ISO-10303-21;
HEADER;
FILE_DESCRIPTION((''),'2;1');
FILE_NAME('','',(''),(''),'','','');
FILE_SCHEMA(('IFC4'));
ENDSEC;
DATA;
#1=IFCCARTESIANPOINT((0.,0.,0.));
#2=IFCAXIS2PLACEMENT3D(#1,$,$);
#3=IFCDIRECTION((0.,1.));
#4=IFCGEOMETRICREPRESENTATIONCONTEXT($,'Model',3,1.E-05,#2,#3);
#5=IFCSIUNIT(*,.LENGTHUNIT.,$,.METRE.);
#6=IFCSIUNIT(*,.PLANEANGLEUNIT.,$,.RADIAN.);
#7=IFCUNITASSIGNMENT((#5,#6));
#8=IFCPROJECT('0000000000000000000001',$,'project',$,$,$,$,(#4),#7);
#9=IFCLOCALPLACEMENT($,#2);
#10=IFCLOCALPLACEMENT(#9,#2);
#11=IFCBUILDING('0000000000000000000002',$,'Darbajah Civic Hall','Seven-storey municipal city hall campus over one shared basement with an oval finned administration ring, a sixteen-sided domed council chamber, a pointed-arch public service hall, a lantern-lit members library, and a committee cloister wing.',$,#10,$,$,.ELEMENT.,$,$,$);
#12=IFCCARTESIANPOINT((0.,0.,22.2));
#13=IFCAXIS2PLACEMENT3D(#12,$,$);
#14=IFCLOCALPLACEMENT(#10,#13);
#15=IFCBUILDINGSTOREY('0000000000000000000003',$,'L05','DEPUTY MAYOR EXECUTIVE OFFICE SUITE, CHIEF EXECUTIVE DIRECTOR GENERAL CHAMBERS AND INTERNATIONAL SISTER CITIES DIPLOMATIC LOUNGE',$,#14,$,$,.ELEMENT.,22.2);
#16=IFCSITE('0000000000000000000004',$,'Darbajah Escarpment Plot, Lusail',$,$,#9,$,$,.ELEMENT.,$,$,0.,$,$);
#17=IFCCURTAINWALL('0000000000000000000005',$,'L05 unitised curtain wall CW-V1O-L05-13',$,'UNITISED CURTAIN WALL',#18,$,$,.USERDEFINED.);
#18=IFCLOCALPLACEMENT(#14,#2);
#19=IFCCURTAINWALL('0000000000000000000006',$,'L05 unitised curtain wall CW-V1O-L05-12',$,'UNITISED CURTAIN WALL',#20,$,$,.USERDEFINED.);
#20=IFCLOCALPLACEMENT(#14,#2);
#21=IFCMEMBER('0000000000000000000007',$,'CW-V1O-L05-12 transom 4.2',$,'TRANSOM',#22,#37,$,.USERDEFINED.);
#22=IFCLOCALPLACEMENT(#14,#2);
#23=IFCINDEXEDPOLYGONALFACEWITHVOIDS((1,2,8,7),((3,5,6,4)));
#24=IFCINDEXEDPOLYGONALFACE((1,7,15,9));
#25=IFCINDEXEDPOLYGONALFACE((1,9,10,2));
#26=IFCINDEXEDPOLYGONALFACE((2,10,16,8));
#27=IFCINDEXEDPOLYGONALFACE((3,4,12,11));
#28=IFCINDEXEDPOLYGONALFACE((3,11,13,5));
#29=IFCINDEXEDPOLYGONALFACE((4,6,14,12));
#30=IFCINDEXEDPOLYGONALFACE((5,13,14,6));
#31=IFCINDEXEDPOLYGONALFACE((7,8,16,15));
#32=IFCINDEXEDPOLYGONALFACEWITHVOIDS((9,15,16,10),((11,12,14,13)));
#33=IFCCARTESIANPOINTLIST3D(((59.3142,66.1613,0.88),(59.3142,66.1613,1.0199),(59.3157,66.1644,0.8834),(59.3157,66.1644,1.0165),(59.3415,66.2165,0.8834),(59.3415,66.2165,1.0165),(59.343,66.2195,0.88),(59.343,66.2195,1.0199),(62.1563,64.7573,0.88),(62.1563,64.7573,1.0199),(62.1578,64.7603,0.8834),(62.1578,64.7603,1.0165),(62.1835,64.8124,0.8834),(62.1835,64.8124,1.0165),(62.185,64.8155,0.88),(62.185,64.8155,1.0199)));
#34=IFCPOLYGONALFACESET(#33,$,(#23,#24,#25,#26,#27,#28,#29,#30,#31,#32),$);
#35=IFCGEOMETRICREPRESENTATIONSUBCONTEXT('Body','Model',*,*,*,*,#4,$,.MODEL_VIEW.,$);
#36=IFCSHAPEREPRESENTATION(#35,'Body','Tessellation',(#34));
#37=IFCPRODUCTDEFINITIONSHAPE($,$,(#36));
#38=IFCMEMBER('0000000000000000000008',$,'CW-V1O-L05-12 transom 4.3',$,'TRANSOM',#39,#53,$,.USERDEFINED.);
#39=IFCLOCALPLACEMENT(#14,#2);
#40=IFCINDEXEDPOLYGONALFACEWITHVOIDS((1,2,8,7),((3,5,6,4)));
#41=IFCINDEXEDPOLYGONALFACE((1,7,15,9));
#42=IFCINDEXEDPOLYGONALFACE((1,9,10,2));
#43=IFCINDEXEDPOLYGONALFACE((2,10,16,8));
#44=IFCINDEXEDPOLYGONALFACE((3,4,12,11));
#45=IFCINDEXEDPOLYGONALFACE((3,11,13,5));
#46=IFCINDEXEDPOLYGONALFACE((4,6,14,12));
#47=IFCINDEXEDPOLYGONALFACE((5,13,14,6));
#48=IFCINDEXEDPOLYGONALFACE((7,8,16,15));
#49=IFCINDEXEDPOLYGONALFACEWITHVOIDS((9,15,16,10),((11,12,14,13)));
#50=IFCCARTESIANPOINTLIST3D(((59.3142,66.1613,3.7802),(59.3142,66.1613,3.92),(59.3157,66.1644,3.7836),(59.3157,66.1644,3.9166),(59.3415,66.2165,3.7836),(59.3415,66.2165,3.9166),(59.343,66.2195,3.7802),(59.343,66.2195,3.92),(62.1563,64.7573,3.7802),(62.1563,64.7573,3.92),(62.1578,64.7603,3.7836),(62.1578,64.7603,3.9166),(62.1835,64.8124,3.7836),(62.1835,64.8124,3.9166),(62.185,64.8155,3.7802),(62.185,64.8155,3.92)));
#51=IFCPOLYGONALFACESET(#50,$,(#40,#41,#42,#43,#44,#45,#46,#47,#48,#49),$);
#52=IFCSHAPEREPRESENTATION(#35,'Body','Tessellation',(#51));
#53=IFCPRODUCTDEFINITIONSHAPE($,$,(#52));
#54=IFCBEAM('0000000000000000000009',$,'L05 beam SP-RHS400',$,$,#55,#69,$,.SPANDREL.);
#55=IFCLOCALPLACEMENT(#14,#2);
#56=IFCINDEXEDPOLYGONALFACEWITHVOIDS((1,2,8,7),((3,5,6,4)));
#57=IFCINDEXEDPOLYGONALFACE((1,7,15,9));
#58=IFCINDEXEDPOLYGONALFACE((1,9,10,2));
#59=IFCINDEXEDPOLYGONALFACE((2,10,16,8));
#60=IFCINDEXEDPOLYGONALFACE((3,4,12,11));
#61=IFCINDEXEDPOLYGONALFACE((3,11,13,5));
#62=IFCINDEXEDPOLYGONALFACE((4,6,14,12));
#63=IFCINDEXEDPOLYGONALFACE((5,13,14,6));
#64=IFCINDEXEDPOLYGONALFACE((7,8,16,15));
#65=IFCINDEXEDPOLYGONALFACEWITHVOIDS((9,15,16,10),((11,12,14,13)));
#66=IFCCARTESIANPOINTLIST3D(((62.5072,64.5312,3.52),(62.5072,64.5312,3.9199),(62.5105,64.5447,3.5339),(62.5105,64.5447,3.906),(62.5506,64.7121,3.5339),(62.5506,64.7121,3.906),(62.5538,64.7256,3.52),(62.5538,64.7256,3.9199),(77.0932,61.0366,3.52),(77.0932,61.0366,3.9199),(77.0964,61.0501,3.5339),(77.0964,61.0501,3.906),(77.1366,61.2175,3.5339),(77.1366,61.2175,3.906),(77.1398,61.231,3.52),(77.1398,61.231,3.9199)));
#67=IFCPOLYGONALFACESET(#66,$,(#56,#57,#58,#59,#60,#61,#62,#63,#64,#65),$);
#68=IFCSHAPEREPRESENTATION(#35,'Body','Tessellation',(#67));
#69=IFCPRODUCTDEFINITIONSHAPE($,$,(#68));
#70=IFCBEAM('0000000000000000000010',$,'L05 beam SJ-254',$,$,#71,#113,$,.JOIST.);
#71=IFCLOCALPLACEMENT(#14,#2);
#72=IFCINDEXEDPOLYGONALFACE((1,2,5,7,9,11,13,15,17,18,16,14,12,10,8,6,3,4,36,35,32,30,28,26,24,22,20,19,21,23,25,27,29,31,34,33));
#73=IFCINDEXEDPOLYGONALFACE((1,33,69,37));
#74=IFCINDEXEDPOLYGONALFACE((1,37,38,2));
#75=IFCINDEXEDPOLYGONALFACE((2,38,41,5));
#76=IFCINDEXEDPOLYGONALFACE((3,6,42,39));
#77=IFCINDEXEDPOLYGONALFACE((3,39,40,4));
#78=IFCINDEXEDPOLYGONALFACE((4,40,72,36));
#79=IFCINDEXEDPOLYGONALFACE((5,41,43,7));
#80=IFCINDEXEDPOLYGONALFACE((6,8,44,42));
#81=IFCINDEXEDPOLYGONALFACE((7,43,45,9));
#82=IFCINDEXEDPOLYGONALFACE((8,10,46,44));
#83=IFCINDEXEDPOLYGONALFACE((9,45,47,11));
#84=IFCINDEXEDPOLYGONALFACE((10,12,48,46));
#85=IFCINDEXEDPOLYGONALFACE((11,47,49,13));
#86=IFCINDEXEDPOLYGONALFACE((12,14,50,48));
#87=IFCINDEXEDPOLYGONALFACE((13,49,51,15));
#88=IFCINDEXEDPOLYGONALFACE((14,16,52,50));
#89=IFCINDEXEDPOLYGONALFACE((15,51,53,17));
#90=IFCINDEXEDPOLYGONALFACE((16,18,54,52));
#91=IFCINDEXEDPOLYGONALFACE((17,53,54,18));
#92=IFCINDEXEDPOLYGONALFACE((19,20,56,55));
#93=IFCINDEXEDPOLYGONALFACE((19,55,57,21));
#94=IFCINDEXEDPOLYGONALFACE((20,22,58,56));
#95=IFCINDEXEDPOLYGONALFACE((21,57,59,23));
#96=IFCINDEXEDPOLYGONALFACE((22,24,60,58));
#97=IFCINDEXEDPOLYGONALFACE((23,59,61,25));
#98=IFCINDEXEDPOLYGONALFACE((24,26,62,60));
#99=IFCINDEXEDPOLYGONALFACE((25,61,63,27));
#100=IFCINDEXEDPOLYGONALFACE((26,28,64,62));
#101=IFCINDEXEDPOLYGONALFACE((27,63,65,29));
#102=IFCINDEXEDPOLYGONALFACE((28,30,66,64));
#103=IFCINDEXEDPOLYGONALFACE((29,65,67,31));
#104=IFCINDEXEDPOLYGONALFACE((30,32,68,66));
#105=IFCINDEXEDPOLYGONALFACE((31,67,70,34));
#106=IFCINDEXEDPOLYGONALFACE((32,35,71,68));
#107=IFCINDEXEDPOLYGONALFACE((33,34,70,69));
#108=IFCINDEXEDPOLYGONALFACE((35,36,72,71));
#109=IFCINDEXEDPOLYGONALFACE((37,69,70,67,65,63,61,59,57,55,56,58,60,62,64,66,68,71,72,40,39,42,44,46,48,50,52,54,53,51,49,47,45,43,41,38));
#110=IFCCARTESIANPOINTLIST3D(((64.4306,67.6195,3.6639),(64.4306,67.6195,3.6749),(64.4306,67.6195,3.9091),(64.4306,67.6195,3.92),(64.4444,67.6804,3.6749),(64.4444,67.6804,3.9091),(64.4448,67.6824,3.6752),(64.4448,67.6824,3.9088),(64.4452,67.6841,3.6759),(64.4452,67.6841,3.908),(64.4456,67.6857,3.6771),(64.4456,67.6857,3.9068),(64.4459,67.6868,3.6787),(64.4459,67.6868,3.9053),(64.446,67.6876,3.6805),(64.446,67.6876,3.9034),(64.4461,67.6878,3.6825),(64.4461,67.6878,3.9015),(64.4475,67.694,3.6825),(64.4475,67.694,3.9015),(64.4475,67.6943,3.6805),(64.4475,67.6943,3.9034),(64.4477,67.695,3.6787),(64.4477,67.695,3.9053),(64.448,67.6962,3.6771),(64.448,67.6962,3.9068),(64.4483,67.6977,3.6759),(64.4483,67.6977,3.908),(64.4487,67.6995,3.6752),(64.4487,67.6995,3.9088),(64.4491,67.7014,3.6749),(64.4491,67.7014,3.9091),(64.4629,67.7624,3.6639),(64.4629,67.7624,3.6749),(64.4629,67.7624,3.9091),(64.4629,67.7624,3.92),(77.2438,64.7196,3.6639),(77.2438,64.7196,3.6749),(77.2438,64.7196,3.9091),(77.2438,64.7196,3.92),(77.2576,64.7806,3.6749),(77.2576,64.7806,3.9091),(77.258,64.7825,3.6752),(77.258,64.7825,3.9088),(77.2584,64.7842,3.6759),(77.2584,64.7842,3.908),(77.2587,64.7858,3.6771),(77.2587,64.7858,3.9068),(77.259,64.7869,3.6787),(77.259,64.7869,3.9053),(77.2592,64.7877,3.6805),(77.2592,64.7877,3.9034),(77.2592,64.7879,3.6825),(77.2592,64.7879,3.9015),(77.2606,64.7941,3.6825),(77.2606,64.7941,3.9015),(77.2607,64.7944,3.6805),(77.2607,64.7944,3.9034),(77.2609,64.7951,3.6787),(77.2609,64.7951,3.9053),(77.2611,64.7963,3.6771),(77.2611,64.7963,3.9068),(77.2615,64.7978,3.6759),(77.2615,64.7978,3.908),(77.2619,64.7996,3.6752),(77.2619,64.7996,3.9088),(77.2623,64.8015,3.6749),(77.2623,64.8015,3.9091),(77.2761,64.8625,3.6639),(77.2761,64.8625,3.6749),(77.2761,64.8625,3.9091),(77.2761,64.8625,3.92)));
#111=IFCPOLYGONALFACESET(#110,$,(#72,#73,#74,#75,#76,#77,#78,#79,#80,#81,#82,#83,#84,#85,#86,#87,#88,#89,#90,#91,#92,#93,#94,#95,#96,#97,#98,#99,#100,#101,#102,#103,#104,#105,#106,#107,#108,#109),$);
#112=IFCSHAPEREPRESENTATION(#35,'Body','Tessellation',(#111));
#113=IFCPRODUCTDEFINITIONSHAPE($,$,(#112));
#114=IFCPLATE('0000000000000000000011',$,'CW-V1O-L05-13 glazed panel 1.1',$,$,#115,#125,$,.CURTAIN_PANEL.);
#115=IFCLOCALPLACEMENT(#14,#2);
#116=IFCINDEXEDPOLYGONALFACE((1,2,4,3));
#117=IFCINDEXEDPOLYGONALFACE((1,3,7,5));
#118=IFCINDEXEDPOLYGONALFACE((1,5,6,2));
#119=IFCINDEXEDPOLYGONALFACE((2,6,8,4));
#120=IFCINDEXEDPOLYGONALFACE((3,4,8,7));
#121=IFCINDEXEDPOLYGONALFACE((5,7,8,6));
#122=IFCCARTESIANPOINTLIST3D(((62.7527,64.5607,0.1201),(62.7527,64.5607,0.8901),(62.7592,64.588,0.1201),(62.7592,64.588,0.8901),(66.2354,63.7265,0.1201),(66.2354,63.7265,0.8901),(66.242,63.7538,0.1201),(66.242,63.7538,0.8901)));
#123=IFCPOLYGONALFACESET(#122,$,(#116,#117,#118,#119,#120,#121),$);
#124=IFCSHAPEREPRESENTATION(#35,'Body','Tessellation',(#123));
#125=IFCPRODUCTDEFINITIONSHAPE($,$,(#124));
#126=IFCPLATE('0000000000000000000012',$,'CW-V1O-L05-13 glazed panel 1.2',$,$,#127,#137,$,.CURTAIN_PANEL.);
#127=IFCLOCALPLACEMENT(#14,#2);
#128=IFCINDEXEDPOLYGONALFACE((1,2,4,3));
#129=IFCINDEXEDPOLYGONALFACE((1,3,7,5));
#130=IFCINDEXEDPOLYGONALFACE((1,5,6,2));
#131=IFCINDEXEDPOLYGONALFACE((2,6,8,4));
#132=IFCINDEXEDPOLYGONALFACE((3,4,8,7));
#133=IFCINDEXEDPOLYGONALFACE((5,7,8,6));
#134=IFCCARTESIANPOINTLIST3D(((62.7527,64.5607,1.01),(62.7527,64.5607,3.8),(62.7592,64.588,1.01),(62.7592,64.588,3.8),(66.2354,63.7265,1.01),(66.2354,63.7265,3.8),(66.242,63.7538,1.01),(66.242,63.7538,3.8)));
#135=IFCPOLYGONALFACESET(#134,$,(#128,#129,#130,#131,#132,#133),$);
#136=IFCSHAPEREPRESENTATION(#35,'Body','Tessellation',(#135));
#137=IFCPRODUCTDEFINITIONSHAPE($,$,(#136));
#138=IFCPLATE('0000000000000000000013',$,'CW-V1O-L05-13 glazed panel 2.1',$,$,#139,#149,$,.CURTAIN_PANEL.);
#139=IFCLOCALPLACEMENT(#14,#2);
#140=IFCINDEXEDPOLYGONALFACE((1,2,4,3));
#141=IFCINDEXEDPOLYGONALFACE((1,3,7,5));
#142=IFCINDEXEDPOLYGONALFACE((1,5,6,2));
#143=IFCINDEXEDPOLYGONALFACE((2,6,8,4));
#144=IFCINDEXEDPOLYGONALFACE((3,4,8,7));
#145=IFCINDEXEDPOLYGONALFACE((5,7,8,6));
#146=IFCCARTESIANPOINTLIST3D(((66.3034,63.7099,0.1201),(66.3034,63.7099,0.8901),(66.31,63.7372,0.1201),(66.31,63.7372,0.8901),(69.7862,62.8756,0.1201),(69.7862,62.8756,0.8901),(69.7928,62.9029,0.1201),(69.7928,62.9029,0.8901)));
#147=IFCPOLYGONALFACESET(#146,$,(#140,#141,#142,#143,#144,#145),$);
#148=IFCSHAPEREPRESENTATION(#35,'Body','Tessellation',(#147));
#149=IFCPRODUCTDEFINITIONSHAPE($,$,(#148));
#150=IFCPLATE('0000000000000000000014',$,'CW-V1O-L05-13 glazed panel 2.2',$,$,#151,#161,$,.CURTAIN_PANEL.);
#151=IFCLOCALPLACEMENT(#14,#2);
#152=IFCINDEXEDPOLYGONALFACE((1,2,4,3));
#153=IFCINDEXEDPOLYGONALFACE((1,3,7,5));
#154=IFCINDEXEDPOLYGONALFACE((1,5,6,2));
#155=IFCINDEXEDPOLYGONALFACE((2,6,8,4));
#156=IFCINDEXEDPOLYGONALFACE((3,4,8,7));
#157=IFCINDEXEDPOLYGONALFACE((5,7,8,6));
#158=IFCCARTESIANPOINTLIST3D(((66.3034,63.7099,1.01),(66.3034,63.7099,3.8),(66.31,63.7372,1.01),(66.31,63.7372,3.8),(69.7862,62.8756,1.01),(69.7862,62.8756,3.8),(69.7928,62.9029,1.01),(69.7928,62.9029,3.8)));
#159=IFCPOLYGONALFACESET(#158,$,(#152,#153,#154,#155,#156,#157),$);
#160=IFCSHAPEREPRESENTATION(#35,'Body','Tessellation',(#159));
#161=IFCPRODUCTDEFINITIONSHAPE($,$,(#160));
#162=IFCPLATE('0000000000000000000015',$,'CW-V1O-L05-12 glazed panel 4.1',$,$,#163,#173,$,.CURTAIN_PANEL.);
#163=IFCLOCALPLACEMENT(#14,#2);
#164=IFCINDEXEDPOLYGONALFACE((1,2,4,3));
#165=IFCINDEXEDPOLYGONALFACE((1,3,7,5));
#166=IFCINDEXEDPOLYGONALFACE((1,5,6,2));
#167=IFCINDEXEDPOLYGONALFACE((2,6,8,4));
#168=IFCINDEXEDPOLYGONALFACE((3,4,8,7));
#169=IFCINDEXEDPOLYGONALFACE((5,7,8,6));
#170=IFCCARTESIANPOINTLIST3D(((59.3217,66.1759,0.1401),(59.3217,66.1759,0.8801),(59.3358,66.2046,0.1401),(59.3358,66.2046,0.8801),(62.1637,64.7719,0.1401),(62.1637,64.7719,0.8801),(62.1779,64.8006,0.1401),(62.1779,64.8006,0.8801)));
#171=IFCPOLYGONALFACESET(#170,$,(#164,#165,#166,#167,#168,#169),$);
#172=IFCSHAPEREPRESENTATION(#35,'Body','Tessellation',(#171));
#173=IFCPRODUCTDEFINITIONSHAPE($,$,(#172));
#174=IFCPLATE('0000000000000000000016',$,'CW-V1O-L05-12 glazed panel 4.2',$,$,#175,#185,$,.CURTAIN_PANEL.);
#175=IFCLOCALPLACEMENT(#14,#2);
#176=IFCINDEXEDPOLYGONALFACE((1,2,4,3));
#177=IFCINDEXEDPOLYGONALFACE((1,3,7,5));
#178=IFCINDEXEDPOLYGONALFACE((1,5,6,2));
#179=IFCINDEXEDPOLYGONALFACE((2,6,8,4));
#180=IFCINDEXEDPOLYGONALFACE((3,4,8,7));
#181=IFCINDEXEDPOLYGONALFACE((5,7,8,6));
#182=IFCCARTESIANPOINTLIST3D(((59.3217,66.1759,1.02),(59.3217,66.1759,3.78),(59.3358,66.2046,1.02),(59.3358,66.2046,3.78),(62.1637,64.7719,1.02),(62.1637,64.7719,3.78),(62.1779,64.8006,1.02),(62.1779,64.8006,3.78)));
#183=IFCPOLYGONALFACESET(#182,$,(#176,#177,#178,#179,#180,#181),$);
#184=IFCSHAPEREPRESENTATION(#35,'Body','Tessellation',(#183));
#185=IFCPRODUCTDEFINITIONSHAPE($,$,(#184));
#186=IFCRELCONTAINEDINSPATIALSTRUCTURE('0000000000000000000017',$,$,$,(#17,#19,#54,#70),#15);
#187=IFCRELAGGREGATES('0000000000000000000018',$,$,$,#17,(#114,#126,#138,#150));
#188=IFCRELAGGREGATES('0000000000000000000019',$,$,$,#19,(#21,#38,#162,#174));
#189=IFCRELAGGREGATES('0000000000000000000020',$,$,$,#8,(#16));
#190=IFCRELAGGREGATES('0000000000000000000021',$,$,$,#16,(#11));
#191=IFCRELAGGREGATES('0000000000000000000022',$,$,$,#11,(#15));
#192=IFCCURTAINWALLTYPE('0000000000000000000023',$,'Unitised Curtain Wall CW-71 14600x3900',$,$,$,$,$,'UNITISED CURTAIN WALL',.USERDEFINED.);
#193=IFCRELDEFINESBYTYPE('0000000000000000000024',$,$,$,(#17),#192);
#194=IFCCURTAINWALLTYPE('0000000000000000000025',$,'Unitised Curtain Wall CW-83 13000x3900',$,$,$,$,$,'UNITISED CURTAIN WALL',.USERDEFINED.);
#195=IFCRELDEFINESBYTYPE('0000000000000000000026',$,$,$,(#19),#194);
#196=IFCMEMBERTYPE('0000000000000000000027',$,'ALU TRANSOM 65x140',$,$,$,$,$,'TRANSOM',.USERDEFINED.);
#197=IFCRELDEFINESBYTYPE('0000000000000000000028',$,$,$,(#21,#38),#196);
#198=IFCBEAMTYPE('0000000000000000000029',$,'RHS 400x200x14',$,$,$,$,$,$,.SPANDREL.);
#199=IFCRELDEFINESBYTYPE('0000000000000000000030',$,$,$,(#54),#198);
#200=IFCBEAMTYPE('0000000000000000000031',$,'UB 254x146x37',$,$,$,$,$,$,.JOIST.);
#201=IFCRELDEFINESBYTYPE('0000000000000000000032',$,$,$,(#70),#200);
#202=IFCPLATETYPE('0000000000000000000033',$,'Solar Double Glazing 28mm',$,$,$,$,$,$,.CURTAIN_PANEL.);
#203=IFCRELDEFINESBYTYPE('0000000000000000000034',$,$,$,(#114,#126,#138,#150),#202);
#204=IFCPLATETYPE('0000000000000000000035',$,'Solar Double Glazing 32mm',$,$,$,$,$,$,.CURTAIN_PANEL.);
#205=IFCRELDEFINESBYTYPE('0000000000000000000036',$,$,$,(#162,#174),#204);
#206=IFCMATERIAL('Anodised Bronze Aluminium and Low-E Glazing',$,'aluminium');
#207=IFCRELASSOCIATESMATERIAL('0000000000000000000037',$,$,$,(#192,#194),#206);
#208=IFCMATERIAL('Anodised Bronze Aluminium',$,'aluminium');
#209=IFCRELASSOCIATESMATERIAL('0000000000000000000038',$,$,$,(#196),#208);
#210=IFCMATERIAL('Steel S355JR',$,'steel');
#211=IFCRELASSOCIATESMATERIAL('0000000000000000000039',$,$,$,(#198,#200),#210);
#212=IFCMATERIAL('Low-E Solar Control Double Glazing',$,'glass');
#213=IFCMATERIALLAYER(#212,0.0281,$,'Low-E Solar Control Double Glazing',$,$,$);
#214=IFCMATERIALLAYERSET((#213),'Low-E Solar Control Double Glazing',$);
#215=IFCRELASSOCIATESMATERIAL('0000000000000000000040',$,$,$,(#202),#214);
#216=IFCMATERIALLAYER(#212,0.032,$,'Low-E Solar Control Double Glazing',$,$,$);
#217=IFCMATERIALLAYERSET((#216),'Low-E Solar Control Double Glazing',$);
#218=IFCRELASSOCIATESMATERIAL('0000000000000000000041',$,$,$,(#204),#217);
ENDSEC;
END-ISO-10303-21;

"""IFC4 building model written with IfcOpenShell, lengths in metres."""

from ifc_helpers import new_model, si_unit, direction, frame, origin, origin_2d, place, context, subcontext, project, spatial, rectangle, hollow_rectangle, i_section, extrude, material, layer, layer_set, material_profile, profile_set, type_object, element, aggregate, save


model = new_model("IFC4")

# Units and contexts
model_context = context("Model", 3, precision=1e-05, world=origin(), true_north=direction((0.0, 1.0)))
body_context = subcontext(model_context, "Body", "Model", "MODEL_VIEW")
ifc_project = project(units=[si_unit("LENGTHUNIT", "METRE"), si_unit("PLANEANGLEUNIT", "RADIAN")], contexts=[model_context])

# Site, building, storey
site_placement = place(None, origin())
site = spatial("IfcSite", under=ifc_project, at=site_placement, Name="Darbajah Escarpment Plot, Lusail", CompositionType="ELEMENT", RefElevation=0.0)
building_placement = place(site_placement, origin())
building = spatial("IfcBuilding", under=site, at=building_placement, Name="Darbajah Civic Hall", Description="Seven-storey municipal city hall campus over one shared basement with an oval finned administration ring, a sixteen-sided domed council chamber, a pointed-arch public service hall, a lantern-lit members library, and a committee cloister wing.", CompositionType="ELEMENT")
storey_placement = place(building_placement, frame((0.0, 0.0, 22.2)))
storey = spatial("IfcBuildingStorey", under=building, at=storey_placement, Name="L05", Description="DEPUTY MAYOR EXECUTIVE OFFICE SUITE, CHIEF EXECUTIVE DIRECTOR GENERAL CHAMBERS AND INTERNATIONAL SISTER CITIES DIPLOMATIC LOUNGE", CompositionType="ELEMENT", Elevation=22.2)

# Curtain wall
ifc_material_1 = material(Name="Anodised Bronze Aluminium and Low-E Glazing", Category="aluminium")
curtain_wall_type_1 = type_object("IfcCurtainWallType", Name="Unitised Curtain Wall CW-71 14600x3900", ElementType="UNITISED CURTAIN WALL", PredefinedType="USERDEFINED", material=ifc_material_1)
curtain_wall_1_placement = place(storey_placement, origin())
curtain_wall_1 = element("IfcCurtainWall", 1, at=curtain_wall_1_placement, inside=storey, type_object=curtain_wall_type_1, Name="L05 unitised curtain wall CW-V1O-L05-13", ObjectType="UNITISED CURTAIN WALL", PredefinedType="USERDEFINED")
ifc_material_2 = material(Name="Anodised Bronze Aluminium", Category="aluminium")

# Curtain wall
curtain_wall_type_2 = type_object("IfcCurtainWallType", Name="Unitised Curtain Wall CW-83 13000x3900", ElementType="UNITISED CURTAIN WALL", PredefinedType="USERDEFINED", material=ifc_material_1)
curtain_wall_2_placement = place(storey_placement, origin())
curtain_wall_2 = element("IfcCurtainWall", 2, at=curtain_wall_2_placement, inside=storey, type_object=curtain_wall_type_2, Name="L05 unitised curtain wall CW-V1O-L05-12", ObjectType="UNITISED CURTAIN WALL", PredefinedType="USERDEFINED")

# Members
ifc_material_profile_1 = material_profile(ifc_material_2, hollow_rectangle(XDim=0.0649, YDim=0.1399, WallThickness=0.0034, at=origin_2d()), Name="ALU TRANSOM 65x140")
ifc_profile_set_1 = profile_set([ifc_material_profile_1], Name="Anodised Bronze Aluminium")
member_type_1 = type_object("IfcMemberType", Name="ALU TRANSOM 65x140", ElementType="TRANSOM", PredefinedType="USERDEFINED", material=ifc_profile_set_1)
member_1_placement = place(storey_placement, frame((59.3286, 66.1904, 0.95), z_axis=(0.896558, -0.442926, 0.0), x_axis=(0.442926, 0.896558, 0.0)))
member_1 = element("IfcMember", 3, at=member_1_placement, type_object=member_type_1, Name="CW-V1O-L05-12 transom 4.2", ObjectType="TRANSOM", PredefinedType="USERDEFINED", context=body_context, shape_type="SweptSolid", body=[
    extrude(hollow_rectangle(XDim=0.0649, YDim=0.1399, WallThickness=0.0034, at=origin_2d()), origin(), (0.0, 0.0, 1.0), 3.1699),
])
member_2_placement = place(storey_placement, frame((59.3286, 66.1904, 3.8501), z_axis=(0.896558, -0.442926, 0.0), x_axis=(0.442926, 0.896558, 0.0)))
member_2 = element("IfcMember", 4, at=member_2_placement, type_object=member_type_1, Name="CW-V1O-L05-12 transom 4.3", ObjectType="TRANSOM", PredefinedType="USERDEFINED", context=body_context, shape_type="SweptSolid", body=[
    extrude(hollow_rectangle(XDim=0.0649, YDim=0.1399, WallThickness=0.0034, at=origin_2d()), origin(), (0.0, 0.0, 1.0), 3.1699),
])

# Beams
ifc_material_3 = material(Name="Steel S355JR", Category="steel")
ifc_material_profile_2 = material_profile(ifc_material_3, hollow_rectangle(XDim=0.2, YDim=0.3999, WallThickness=0.0139, at=origin_2d()), Name="RHS 400x200x14")
ifc_profile_set_2 = profile_set([ifc_material_profile_2], Name="Steel S355JR")
beam_type_1 = type_object("IfcBeamType", Name="RHS 400x200x14", PredefinedType="SPANDREL", material=ifc_profile_set_2)
beam_1_placement = place(storey_placement, frame((62.5305, 64.6284, 3.72), z_axis=(0.972478, -0.232995, 0.0), x_axis=(0.232995, 0.972478, 0.0)))
element("IfcBeam", 5, at=beam_1_placement, inside=storey, type_object=beam_type_1, Name="L05 beam SP-RHS400", PredefinedType="SPANDREL", context=body_context, shape_type="SweptSolid", body=[
    extrude(hollow_rectangle(XDim=0.2, YDim=0.3999, WallThickness=0.0139, at=origin_2d()), origin(), (0.0, 0.0, 1.0), 14.9988),
])
ifc_material_profile_3 = material_profile(ifc_material_3, i_section(OverallWidth=0.1465, OverallDepth=0.2561, WebThickness=0.0063, FlangeThickness=0.011, FilletRadius=0.0076, at=origin_2d()), Name="UB 254x146x37")
ifc_profile_set_3 = profile_set([ifc_material_profile_3], Name="Steel S355JR")
beam_type_2 = type_object("IfcBeamType", Name="UB 254x146x37", PredefinedType="JOIST", material=ifc_profile_set_3)
beam_2_placement = place(storey_placement, frame((64.4468, 67.6909, 3.792), z_axis=(0.975333, -0.220738, 0.0), x_axis=(0.220738, 0.975333, 0.0)))
element("IfcBeam", 6, at=beam_2_placement, inside=storey, type_object=beam_type_2, Name="L05 beam SJ-254", PredefinedType="JOIST", context=body_context, shape_type="SweptSolid", body=[
    extrude(i_section(OverallWidth=0.1465, OverallDepth=0.2561, WebThickness=0.0063, FlangeThickness=0.011, FilletRadius=0.0076, at=origin_2d()), origin(), (0.0, 0.0, 1.0), 13.1372),
])

# Plates
ifc_material_4 = material(Name="Low-E Solar Control Double Glazing", Category="glass")
ifc_layer_1 = layer(ifc_material_4, 0.0281, Name="Low-E Solar Control Double Glazing")
ifc_layer_set_1 = layer_set([ifc_layer_1], Name="Low-E Solar Control Double Glazing")
plate_type_1 = type_object("IfcPlateType", Name="Solar Double Glazing 28mm", PredefinedType="CURTAIN_PANEL", material=ifc_layer_set_1)
plate_1_placement = place(storey_placement, frame((64.4973, 64.1572, 0.1201), z_axis=(0.0, 0.0, 1.0), x_axis=(0.972492, -0.232936, 0.0)))
plate_1 = element("IfcPlate", 7, at=plate_1_placement, type_object=plate_type_1, Name="CW-V1O-L05-13 glazed panel 1.1", PredefinedType="CURTAIN_PANEL", context=body_context, shape_type="SweptSolid", body=[
    extrude(rectangle(XDim=3.5813, YDim=0.0281, at=origin_2d()), origin(), (0.0, 0.0, 1.0), 0.77),
])
plate_2_placement = place(storey_placement, frame((64.4973, 64.1572, 1.01), z_axis=(0.0, 0.0, 1.0), x_axis=(0.972492, -0.232936, 0.0)))
plate_2 = element("IfcPlate", 8, at=plate_2_placement, type_object=plate_type_1, Name="CW-V1O-L05-13 glazed panel 1.2", PredefinedType="CURTAIN_PANEL", context=body_context, shape_type="SweptSolid", body=[
    extrude(rectangle(XDim=3.5813, YDim=0.0281, at=origin_2d()), origin(), (0.0, 0.0, 1.0), 2.79),
])
plate_3_placement = place(storey_placement, frame((68.0481, 63.3064, 0.1201), z_axis=(0.0, 0.0, 1.0), x_axis=(0.972492, -0.232936, 0.0)))
plate_3 = element("IfcPlate", 9, at=plate_3_placement, type_object=plate_type_1, Name="CW-V1O-L05-13 glazed panel 2.1", PredefinedType="CURTAIN_PANEL", context=body_context, shape_type="SweptSolid", body=[
    extrude(rectangle(XDim=3.5813, YDim=0.0281, at=origin_2d()), origin(), (0.0, 0.0, 1.0), 0.77),
])
plate_4_placement = place(storey_placement, frame((68.0481, 63.3064, 1.01), z_axis=(0.0, 0.0, 1.0), x_axis=(0.972492, -0.232936, 0.0)))
plate_4 = element("IfcPlate", 10, at=plate_4_placement, type_object=plate_type_1, Name="CW-V1O-L05-13 glazed panel 2.2", PredefinedType="CURTAIN_PANEL", context=body_context, shape_type="SweptSolid", body=[
    extrude(rectangle(XDim=3.5813, YDim=0.0281, at=origin_2d()), origin(), (0.0, 0.0, 1.0), 2.79),
])
aggregate(curtain_wall_1, [plate_1, plate_2, plate_3, plate_4])
ifc_layer_2 = layer(ifc_material_4, 0.032, Name="Low-E Solar Control Double Glazing")
ifc_layer_set_2 = layer_set([ifc_layer_2], Name="Low-E Solar Control Double Glazing")
plate_type_2 = type_object("IfcPlateType", Name="Solar Double Glazing 32mm", PredefinedType="CURTAIN_PANEL", material=ifc_layer_set_2)
plate_5_placement = place(storey_placement, frame((60.7498, 65.4883, 0.1401), z_axis=(0.0, 0.0, 1.0), x_axis=(0.896564, -0.442915, 0.0)))
plate_5 = element("IfcPlate", 11, at=plate_5_placement, type_object=plate_type_2, Name="CW-V1O-L05-12 glazed panel 4.1", PredefinedType="CURTAIN_PANEL", context=body_context, shape_type="SweptSolid", body=[
    extrude(rectangle(XDim=3.1699, YDim=0.032, at=origin_2d()), origin(), (0.0, 0.0, 1.0), 0.74),
])
plate_6_placement = place(storey_placement, frame((60.7498, 65.4883, 1.02), z_axis=(0.0, 0.0, 1.0), x_axis=(0.896564, -0.442915, 0.0)))
plate_6 = element("IfcPlate", 12, at=plate_6_placement, type_object=plate_type_2, Name="CW-V1O-L05-12 glazed panel 4.2", PredefinedType="CURTAIN_PANEL", context=body_context, shape_type="SweptSolid", body=[
    extrude(rectangle(XDim=3.1699, YDim=0.032, at=origin_2d()), origin(), (0.0, 0.0, 1.0), 2.76),
])
aggregate(curtain_wall_2, [member_1, member_2, plate_5, plate_6])

save(model, "model.ifc")
